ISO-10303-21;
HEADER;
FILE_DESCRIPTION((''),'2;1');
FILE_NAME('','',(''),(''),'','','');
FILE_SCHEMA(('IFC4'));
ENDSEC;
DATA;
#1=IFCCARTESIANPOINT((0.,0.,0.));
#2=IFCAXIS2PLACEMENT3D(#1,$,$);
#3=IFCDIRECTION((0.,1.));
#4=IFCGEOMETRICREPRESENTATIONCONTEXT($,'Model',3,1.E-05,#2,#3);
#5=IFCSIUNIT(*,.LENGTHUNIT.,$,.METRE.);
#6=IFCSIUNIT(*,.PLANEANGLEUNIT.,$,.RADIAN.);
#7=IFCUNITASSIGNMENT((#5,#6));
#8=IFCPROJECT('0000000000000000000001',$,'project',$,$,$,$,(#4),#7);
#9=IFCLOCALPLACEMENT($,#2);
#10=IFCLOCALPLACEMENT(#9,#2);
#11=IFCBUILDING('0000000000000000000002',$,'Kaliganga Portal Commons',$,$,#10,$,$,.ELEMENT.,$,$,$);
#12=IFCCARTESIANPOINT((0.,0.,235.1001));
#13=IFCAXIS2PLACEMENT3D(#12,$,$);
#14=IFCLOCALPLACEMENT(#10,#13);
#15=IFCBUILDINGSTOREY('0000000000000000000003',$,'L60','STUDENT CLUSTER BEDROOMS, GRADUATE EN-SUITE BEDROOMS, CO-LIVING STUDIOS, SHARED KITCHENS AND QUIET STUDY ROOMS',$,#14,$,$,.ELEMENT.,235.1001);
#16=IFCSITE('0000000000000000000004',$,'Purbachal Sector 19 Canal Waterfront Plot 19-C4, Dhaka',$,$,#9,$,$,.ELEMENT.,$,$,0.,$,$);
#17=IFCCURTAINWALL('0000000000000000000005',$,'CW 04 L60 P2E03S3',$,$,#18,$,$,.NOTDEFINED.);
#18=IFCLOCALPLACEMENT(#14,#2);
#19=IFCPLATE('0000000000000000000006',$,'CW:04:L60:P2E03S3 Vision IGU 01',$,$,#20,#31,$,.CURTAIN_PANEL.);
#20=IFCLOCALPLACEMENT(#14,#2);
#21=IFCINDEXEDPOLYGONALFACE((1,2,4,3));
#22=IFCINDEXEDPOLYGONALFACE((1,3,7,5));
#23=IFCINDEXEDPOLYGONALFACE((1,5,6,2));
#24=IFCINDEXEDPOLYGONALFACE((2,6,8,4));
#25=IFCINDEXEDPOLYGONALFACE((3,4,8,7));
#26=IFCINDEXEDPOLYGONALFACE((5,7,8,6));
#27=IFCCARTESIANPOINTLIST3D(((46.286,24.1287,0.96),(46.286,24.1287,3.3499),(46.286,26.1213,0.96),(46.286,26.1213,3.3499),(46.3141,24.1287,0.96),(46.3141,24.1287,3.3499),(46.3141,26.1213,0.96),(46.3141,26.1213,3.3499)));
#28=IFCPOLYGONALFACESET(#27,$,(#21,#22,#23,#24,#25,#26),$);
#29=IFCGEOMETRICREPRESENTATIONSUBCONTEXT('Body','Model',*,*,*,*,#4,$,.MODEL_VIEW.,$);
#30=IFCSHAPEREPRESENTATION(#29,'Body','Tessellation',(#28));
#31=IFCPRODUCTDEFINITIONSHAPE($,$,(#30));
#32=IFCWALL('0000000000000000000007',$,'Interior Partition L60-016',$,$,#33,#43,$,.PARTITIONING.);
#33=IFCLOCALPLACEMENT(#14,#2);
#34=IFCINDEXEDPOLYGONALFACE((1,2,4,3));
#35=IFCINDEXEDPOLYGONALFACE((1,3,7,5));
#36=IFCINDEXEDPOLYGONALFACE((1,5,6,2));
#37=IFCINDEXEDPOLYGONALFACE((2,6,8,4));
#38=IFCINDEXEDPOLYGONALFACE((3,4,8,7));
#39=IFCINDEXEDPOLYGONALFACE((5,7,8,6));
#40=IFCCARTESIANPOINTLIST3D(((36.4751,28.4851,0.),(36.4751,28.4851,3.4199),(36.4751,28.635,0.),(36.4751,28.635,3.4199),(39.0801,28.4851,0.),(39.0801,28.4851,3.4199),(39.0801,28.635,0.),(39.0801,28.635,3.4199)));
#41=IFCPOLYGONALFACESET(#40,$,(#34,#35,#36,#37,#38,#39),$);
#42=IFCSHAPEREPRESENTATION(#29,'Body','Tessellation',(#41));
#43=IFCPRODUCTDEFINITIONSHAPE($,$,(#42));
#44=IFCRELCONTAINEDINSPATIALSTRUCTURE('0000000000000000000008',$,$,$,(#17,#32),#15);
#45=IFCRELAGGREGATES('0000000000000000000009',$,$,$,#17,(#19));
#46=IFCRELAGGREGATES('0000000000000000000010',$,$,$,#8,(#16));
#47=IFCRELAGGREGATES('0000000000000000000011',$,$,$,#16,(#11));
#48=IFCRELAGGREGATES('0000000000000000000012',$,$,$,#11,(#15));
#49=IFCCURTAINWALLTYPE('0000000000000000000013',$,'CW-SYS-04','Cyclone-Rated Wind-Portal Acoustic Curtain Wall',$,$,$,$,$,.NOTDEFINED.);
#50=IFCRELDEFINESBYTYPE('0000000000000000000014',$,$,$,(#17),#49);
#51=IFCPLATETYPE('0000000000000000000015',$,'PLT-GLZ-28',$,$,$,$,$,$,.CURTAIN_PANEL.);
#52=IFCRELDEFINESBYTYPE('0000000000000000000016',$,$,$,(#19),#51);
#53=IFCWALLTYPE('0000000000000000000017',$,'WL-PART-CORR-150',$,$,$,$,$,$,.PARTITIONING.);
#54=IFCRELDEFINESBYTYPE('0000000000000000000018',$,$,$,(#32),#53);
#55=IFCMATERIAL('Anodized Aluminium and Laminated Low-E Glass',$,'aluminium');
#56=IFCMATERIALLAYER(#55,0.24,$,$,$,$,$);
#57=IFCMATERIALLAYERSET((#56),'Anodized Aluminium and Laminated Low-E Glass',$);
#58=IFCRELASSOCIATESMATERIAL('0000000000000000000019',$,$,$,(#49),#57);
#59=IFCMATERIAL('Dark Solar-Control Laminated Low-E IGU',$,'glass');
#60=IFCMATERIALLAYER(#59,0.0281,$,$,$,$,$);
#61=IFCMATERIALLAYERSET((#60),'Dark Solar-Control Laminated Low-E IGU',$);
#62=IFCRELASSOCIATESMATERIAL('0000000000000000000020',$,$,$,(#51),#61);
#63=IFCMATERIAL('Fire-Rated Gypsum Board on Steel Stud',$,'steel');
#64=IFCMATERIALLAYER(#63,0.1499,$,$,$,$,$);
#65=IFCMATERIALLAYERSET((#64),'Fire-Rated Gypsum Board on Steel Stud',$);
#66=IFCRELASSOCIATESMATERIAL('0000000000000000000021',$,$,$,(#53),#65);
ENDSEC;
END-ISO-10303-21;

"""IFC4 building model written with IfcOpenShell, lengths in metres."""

from ifc_helpers import new_model, si_unit, direction, frame, frame_2d, origin, origin_2d, place, context, subcontext, project, spatial, rectangle, extrude, source, transform, mapped, material, layer, layer_set, type_object, element, aggregate, save


model = new_model("IFC4")

# Units and contexts
model_context = context("Model", 3, precision=1e-05, world=origin(), true_north=direction((0.0, 1.0)))
body_context = subcontext(model_context, "Body", "Model", "MODEL_VIEW")
ifc_project = project(units=[si_unit("LENGTHUNIT", "METRE"), si_unit("PLANEANGLEUNIT", "RADIAN")], contexts=[model_context])

# Site, building, storey
site_placement = place(None, origin())
site = spatial("IfcSite", under=ifc_project, at=site_placement, Name="Purbachal Sector 19 Canal Waterfront Plot 19-C4, Dhaka", CompositionType="ELEMENT", RefElevation=0.0)
building_placement = place(site_placement, origin())
building = spatial("IfcBuilding", under=site, at=building_placement, Name="Kaliganga Portal Commons", CompositionType="ELEMENT")
storey_placement = place(building_placement, frame((0.0, 0.0, 235.1001)))
storey = spatial("IfcBuildingStorey", under=building, at=storey_placement, Name="L60", Description="STUDENT CLUSTER BEDROOMS, GRADUATE EN-SUITE BEDROOMS, CO-LIVING STUDIOS, SHARED KITCHENS AND QUIET STUDY ROOMS", CompositionType="ELEMENT", Elevation=235.1001)

# Shared definitions
ifc_material_1 = material(Name="Anodized Aluminium and Laminated Low-E Glass", Category="aluminium")
ifc_layer_1 = layer(ifc_material_1, 0.24)
ifc_layer_set_1 = layer_set([ifc_layer_1], Name="Anodized Aluminium and Laminated Low-E Glass")
curtain_wall_type = type_object("IfcCurtainWallType", Name="CW-SYS-04", Description="Cyclone-Rated Wind-Portal Acoustic Curtain Wall", PredefinedType="NOTDEFINED", material=ifc_layer_set_1)

# Curtain wall
curtain_wall_1_placement = place(storey_placement, origin())
curtain_wall_1 = element("IfcCurtainWall", 1, at=curtain_wall_1_placement, inside=storey, type_object=curtain_wall_type, Name="CW 04 L60 P2E03S3", PredefinedType="NOTDEFINED")

# Plate
ifc_material_2 = material(Name="Dark Solar-Control Laminated Low-E IGU", Category="glass")
ifc_layer_2 = layer(ifc_material_2, 0.0281)
ifc_layer_set_2 = layer_set([ifc_layer_2], Name="Dark Solar-Control Laminated Low-E IGU")
plate_type_1 = type_object("IfcPlateType", Name="PLT-GLZ-28", PredefinedType="CURTAIN_PANEL", material=ifc_layer_set_2)
shared_shape_1 = source(origin(), body_context, "Body", "SweptSolid", [
    extrude(rectangle(XDim=1.9927, YDim=0.0281, at=origin_2d()), origin(), (0.0, 0.0, 1.0), 2.3899),
])
plate_1_placement = place(storey_placement, frame((46.3, 25.125, 0.96), z_axis=(0.0, 0.0, 1.0), x_axis=(0.0, -1.0, 0.0)))
plate_1 = element("IfcPlate", 2, at=plate_1_placement, type_object=plate_type_1, Name="CW:04:L60:P2E03S3 Vision IGU 01", PredefinedType="CURTAIN_PANEL", context=body_context, shape_type="MappedRepresentation", body=[
    mapped(shared_shape_1, transform((0.0, 0.0, 0.0), x_axis=(1.0, 0.0, 0.0), y_axis=(0.0, 1.0, 0.0), z_axis=(0.0, 0.0, 1.0), scale=1.0)),
])
aggregate(curtain_wall_1, [plate_1])

# Wall
ifc_material_3 = material(Name="Fire-Rated Gypsum Board on Steel Stud", Category="steel")
ifc_layer_3 = layer(ifc_material_3, 0.1499)
ifc_layer_set_3 = layer_set([ifc_layer_3], Name="Fire-Rated Gypsum Board on Steel Stud")
wall_type = type_object("IfcWallType", Name="WL-PART-CORR-150", PredefinedType="PARTITIONING", material=ifc_layer_set_3)
wall_placement = place(storey_placement, frame((36.4751, 28.5601, 0.0), z_axis=(0.0, 0.0, 1.0), x_axis=(1.0, 0.0, 0.0)))
element("IfcWall", 3, at=wall_placement, inside=storey, type_object=wall_type, Name="Interior Partition L60-016", PredefinedType="PARTITIONING", context=body_context, shape_type="SweptSolid", body=[
    extrude(rectangle(XDim=2.605, YDim=0.1499, at=frame_2d((1.3025, 0.0))), origin(), (0.0, 0.0, 1.0), 3.4199),
])

save(model, "model.ifc")
